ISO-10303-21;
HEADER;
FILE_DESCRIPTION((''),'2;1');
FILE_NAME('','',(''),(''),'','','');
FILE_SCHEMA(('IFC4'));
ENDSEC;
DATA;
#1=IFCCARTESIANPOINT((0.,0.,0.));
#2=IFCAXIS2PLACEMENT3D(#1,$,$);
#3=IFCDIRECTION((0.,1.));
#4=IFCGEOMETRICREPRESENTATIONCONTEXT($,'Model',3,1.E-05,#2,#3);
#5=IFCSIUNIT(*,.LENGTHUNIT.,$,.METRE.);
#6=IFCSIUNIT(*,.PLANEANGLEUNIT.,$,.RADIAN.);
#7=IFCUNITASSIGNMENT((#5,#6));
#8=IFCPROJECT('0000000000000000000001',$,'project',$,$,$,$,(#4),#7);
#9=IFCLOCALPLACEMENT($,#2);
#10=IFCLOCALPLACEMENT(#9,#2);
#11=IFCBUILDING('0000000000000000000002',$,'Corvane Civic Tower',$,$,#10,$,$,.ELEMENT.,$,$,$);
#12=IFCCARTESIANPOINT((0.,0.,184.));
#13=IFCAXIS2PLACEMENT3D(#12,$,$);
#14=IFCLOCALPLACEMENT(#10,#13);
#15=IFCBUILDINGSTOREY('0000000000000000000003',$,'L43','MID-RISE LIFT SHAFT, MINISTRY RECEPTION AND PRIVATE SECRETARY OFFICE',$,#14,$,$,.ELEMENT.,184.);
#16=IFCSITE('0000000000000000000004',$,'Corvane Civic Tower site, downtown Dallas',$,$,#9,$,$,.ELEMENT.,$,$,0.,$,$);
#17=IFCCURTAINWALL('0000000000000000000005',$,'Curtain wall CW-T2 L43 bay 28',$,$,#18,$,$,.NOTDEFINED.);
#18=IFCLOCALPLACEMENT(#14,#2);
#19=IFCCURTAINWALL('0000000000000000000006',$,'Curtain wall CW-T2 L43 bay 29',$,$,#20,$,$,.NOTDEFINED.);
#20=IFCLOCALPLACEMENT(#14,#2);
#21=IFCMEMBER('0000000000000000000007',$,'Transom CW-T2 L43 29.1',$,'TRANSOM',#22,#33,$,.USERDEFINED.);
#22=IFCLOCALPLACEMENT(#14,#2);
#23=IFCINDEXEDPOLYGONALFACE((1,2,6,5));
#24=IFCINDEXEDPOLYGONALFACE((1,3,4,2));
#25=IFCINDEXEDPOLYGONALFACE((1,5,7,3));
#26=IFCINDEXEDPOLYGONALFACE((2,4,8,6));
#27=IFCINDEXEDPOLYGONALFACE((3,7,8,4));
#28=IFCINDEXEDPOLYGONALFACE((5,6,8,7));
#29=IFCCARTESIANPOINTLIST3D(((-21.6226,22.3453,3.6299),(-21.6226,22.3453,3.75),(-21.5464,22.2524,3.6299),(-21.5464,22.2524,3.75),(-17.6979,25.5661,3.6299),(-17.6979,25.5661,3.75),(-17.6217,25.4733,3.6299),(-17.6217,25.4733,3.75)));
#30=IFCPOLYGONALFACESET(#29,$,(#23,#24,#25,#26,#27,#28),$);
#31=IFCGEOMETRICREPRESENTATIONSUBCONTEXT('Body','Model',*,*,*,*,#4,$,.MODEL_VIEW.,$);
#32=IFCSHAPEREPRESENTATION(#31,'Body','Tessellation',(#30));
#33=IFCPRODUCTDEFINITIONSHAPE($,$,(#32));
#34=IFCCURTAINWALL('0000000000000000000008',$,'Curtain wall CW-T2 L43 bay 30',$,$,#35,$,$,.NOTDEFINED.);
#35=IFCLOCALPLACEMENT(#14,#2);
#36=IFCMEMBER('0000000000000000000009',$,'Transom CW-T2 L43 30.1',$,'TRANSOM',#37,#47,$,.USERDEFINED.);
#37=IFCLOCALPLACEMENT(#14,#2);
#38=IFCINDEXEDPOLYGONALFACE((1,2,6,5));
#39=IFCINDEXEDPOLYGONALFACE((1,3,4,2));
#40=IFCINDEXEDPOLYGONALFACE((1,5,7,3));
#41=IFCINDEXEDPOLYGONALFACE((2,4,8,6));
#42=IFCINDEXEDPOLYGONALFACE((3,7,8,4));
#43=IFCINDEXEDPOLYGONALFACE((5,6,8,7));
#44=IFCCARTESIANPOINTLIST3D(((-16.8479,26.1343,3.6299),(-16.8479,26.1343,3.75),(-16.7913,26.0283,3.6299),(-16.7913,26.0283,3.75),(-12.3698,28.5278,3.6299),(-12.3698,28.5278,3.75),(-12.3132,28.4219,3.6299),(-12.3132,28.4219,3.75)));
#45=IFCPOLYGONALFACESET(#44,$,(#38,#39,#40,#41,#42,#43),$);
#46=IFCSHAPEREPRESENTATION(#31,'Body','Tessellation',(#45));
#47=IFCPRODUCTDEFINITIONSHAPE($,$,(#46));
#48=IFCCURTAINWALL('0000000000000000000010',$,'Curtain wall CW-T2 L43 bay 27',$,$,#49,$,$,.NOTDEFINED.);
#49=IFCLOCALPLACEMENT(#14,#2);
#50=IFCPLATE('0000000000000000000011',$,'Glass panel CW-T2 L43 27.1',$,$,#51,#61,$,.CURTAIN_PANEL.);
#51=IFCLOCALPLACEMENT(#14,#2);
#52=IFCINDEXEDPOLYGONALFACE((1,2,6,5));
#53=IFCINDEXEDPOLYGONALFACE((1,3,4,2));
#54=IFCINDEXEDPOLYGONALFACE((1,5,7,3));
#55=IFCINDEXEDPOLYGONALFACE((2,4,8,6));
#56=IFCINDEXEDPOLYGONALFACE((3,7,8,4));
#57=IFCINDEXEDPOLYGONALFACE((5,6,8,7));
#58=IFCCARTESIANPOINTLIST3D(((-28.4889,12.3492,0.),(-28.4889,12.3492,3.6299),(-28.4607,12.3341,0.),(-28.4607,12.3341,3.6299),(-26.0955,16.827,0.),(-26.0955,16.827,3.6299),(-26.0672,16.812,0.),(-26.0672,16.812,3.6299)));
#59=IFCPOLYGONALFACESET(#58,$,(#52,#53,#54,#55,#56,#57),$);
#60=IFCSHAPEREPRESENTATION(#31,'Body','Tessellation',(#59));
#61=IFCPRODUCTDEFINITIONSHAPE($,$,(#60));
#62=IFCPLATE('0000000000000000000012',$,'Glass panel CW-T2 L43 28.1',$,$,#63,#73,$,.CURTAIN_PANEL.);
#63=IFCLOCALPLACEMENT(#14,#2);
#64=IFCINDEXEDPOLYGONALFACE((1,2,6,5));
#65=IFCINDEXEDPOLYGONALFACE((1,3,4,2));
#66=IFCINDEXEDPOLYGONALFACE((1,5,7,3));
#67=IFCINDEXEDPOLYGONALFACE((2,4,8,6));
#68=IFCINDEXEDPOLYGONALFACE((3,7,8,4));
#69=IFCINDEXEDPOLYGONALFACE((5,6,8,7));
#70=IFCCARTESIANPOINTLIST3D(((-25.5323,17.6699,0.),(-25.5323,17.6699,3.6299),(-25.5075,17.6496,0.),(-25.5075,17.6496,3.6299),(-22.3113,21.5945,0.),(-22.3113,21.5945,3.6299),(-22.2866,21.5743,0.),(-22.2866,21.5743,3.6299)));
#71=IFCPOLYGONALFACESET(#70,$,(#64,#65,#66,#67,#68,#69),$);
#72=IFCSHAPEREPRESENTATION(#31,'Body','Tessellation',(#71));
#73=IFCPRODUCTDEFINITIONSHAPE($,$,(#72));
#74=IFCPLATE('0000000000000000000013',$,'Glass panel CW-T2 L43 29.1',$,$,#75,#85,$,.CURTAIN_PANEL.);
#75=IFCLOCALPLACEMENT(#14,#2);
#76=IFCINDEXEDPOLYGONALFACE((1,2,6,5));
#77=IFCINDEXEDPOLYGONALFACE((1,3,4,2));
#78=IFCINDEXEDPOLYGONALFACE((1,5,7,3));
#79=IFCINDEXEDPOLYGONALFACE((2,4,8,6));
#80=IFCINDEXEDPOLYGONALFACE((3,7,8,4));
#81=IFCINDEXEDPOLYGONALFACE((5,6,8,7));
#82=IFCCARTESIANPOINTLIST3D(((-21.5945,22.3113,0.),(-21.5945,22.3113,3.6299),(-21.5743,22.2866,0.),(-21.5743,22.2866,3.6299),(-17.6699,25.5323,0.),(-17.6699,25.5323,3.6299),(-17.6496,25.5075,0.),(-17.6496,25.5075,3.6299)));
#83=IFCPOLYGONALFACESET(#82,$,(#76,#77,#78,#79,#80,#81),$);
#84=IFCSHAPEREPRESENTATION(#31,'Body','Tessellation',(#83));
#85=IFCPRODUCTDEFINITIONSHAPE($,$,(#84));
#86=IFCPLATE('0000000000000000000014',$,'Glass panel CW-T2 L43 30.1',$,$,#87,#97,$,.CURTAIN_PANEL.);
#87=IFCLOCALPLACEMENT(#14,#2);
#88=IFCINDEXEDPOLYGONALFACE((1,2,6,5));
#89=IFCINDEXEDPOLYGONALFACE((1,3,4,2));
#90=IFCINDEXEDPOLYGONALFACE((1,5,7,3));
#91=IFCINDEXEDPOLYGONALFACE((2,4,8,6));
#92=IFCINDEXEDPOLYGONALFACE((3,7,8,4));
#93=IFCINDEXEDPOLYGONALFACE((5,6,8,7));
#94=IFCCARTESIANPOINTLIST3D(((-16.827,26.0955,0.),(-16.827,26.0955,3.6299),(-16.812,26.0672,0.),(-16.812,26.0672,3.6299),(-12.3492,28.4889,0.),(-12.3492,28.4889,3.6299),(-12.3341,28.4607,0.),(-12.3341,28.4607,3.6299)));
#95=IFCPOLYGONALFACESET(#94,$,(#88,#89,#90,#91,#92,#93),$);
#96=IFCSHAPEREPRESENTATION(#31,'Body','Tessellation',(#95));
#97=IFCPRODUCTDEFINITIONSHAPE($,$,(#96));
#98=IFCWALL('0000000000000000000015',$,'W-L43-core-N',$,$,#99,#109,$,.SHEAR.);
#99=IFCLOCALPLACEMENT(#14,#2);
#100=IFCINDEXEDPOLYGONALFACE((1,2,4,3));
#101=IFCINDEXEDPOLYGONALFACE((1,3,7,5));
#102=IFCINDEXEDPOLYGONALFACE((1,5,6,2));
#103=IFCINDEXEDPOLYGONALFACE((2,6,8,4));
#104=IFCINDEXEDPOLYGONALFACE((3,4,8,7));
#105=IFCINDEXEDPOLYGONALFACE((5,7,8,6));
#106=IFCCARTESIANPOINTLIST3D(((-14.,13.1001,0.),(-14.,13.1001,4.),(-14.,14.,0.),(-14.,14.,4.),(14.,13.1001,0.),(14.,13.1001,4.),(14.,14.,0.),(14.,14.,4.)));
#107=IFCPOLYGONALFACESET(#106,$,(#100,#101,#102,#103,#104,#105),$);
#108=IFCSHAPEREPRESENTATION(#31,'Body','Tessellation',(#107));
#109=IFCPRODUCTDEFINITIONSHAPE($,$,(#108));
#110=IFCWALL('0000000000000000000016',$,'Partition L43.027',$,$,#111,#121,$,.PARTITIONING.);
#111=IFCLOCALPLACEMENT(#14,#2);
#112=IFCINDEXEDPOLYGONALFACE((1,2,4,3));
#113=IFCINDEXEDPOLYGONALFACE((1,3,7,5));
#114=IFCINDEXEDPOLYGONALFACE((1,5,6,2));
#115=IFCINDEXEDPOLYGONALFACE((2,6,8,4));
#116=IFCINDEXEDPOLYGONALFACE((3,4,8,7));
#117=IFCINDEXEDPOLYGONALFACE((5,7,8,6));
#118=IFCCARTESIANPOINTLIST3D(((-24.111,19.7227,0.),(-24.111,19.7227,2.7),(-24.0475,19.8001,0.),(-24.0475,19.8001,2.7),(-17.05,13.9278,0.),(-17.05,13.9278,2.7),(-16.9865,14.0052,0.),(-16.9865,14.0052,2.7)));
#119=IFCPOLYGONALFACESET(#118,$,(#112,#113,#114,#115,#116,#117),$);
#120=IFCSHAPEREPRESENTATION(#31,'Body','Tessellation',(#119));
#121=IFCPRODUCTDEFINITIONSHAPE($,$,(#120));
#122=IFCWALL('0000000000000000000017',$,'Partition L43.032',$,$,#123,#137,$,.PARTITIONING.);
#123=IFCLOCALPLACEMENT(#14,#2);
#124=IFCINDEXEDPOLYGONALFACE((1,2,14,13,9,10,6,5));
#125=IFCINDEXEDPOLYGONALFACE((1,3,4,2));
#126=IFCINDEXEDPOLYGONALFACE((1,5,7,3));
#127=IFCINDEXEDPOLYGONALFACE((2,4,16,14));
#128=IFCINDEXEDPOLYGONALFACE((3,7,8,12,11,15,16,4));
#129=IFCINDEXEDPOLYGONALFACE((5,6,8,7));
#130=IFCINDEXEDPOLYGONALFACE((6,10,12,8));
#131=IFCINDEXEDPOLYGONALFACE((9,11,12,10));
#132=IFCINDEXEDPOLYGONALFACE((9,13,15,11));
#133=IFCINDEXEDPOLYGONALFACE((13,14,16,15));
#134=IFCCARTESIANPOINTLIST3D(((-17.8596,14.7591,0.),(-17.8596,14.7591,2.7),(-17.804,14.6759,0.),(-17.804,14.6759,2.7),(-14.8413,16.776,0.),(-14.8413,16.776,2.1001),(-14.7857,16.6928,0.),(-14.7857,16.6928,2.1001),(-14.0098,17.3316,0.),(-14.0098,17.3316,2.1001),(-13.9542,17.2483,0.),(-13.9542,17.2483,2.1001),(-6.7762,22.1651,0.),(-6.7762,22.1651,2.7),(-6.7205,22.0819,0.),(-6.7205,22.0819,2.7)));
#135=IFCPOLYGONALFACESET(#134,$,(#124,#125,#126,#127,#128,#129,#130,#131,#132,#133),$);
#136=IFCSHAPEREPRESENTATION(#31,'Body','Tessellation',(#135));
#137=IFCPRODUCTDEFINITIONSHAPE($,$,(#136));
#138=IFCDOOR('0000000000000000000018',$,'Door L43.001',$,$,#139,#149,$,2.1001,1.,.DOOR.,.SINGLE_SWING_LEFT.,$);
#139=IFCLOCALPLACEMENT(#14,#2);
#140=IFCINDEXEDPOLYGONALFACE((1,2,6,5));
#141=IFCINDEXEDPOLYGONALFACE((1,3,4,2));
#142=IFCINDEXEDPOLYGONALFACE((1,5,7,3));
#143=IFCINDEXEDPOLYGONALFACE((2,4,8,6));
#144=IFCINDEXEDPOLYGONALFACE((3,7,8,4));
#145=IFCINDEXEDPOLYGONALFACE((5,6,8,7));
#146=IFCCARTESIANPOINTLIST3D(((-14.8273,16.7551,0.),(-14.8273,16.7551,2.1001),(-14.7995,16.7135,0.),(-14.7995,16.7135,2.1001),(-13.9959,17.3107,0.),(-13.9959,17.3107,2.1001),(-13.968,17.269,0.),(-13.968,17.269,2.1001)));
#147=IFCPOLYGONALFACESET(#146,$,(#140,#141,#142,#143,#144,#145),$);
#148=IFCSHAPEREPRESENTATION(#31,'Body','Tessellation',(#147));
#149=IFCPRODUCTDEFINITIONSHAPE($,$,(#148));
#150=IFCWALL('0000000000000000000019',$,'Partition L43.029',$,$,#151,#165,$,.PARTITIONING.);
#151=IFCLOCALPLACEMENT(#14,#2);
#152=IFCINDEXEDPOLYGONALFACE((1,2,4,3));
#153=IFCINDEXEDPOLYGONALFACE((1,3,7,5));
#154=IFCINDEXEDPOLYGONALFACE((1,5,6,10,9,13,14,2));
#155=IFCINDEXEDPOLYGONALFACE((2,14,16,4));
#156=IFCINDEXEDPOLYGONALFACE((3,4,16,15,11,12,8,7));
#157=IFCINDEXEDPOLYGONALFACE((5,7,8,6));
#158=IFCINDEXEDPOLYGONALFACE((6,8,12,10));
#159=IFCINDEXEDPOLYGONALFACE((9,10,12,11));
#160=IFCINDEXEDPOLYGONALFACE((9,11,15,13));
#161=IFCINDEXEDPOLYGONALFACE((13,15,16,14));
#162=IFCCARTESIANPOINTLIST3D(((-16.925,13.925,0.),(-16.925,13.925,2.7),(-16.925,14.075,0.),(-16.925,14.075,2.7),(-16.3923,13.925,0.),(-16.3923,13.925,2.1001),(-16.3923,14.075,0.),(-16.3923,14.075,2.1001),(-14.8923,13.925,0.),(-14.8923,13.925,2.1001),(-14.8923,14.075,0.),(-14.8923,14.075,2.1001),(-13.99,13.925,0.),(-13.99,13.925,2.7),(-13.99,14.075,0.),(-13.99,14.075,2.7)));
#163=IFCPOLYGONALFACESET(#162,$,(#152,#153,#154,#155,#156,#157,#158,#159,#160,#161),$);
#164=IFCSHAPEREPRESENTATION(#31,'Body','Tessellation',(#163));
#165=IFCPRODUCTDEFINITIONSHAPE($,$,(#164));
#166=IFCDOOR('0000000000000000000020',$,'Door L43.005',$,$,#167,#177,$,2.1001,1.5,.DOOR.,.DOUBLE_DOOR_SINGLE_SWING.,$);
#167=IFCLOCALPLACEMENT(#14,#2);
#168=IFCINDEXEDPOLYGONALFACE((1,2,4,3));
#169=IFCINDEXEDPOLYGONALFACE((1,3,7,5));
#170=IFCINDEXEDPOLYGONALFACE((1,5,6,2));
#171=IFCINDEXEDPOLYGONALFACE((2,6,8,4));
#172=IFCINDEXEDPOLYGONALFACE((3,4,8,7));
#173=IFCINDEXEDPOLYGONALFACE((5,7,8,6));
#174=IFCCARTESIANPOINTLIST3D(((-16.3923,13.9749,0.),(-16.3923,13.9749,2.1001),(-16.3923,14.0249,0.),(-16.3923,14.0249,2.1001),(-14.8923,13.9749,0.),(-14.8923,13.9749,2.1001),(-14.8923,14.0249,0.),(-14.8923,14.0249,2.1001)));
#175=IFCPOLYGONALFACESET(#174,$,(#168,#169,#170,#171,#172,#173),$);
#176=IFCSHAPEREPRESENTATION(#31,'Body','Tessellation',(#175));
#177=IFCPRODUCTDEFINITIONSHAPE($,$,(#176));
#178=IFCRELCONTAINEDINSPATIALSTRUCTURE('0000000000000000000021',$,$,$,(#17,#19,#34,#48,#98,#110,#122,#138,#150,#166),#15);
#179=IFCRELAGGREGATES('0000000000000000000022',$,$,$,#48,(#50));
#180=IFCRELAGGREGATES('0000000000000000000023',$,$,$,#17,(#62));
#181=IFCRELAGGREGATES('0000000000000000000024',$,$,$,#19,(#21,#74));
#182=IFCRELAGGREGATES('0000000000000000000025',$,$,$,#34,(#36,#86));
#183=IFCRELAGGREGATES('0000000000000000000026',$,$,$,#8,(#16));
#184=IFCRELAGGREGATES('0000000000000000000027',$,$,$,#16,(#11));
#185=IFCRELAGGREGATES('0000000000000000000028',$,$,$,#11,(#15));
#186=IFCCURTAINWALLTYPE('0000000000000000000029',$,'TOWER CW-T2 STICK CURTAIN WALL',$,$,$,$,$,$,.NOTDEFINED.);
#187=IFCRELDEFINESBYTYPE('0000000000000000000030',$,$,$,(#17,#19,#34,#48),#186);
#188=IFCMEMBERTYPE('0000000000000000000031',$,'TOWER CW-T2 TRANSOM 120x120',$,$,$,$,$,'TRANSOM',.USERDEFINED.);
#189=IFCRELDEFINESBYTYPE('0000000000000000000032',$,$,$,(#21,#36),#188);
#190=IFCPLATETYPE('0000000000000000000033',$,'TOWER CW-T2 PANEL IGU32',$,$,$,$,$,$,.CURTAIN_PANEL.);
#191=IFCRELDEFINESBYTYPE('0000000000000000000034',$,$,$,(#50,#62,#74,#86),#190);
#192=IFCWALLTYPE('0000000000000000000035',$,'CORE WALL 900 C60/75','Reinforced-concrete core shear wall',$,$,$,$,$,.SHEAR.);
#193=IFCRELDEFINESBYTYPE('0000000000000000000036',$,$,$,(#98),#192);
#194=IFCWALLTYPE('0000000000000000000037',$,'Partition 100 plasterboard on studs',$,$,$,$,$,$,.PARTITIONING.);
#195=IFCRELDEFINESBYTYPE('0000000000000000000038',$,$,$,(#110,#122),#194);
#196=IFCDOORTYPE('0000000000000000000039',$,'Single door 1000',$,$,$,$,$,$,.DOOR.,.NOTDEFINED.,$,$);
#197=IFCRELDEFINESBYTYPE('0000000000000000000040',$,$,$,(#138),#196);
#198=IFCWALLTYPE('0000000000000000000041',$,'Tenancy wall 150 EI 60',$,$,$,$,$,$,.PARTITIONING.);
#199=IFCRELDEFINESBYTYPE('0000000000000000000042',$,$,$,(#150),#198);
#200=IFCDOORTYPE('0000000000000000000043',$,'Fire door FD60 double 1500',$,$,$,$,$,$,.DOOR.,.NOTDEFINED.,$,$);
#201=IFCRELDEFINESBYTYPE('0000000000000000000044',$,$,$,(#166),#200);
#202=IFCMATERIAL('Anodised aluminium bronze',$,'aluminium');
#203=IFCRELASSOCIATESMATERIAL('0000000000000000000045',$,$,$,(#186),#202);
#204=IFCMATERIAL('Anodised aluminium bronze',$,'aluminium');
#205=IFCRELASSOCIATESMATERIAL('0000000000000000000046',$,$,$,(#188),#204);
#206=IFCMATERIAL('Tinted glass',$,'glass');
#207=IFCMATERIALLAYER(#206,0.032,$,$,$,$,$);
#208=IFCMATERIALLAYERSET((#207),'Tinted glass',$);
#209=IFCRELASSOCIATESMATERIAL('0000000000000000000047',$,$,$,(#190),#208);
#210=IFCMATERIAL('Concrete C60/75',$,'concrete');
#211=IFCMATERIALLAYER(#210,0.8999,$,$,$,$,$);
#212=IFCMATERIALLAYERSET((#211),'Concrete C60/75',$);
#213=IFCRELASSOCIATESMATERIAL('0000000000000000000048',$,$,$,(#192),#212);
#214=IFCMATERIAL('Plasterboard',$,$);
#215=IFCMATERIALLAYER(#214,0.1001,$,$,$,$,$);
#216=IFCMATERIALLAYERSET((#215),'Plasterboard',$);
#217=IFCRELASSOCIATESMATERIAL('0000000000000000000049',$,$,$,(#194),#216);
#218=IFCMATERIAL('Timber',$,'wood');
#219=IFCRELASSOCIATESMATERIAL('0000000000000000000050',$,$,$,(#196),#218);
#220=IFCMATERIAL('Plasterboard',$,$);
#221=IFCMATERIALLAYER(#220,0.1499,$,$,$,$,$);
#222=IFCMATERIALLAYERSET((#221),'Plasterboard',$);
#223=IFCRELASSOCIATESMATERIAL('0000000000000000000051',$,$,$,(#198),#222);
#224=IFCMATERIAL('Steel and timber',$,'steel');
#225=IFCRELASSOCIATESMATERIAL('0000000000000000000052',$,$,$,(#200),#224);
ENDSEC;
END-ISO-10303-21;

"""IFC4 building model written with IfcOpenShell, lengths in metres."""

from ifc_helpers import new_model, si_unit, direction, frame, frame_2d, origin, origin_2d, place, context, subcontext, project, spatial, rectangle, extrude, material, layer, layer_set, material_profile, profile_set, type_object, element, fill, aggregate, save


model = new_model("IFC4")

# Units and contexts
model_context = context("Model", 3, precision=1e-05, world=origin(), true_north=direction((0.0, 1.0)))
body_context = subcontext(model_context, "Body", "Model", "MODEL_VIEW")
ifc_project = project(units=[si_unit("LENGTHUNIT", "METRE"), si_unit("PLANEANGLEUNIT", "RADIAN")], contexts=[model_context])

# Site, building, storey
site_placement = place(None, origin())
site = spatial("IfcSite", under=ifc_project, at=site_placement, Name="Corvane Civic Tower site, downtown Dallas", CompositionType="ELEMENT", RefElevation=0.0)
building_placement = place(site_placement, origin())
building = spatial("IfcBuilding", under=site, at=building_placement, Name="Corvane Civic Tower", CompositionType="ELEMENT")
storey_placement = place(building_placement, frame((0.0, 0.0, 184.0)))
storey = spatial("IfcBuildingStorey", under=building, at=storey_placement, Name="L43", Description="MID-RISE LIFT SHAFT, MINISTRY RECEPTION AND PRIVATE SECRETARY OFFICE", CompositionType="ELEMENT", Elevation=184.0)

# Curtain walls, members
ifc_material_1 = material(Name="Anodised aluminium bronze", Category="aluminium")
curtain_wall_type = type_object("IfcCurtainWallType", Name="TOWER CW-T2 STICK CURTAIN WALL", PredefinedType="NOTDEFINED", material=ifc_material_1)
curtain_wall_1_placement = place(storey_placement, origin())
curtain_wall_1 = element("IfcCurtainWall", 1, at=curtain_wall_1_placement, inside=storey, type_object=curtain_wall_type, Name="Curtain wall CW-T2 L43 bay 28", PredefinedType="NOTDEFINED")
ifc_material_2 = material(Name="Anodised aluminium bronze", Category="aluminium")
ifc_material_profile_1 = material_profile(ifc_material_2, rectangle(XDim=0.1201, YDim=0.1201, at=origin_2d()), Name="TOWER CW-T2 TRANSOM 120x120")
ifc_profile_set_1 = profile_set([ifc_material_profile_1], Name="Anodised aluminium bronze")
member_type = type_object("IfcMemberType", Name="TOWER CW-T2 TRANSOM 120x120", ElementType="TRANSOM", PredefinedType="USERDEFINED", material=ifc_profile_set_1)
curtain_wall_2_placement = place(storey_placement, origin())
curtain_wall_2 = element("IfcCurtainWall", 2, at=curtain_wall_2_placement, inside=storey, type_object=curtain_wall_type, Name="Curtain wall CW-T2 L43 bay 29", PredefinedType="NOTDEFINED")
member_1_placement = place(storey_placement, frame((-21.5845, 22.2988, 3.6899), z_axis=(0.773016, 0.634387, 0.0), x_axis=(-0.634387, 0.773016, 0.0)))
member_1 = element("IfcMember", 3, at=member_1_placement, type_object=member_type, Name="Transom CW-T2 L43 29.1", ObjectType="TRANSOM", PredefinedType="USERDEFINED", context=body_context, shape_type="SweptSolid", body=[
    extrude(rectangle(XDim=0.1201, YDim=0.1201, at=origin_2d()), origin(), (0.0, 0.0, 1.0), 5.0771),
])
curtain_wall_3_placement = place(storey_placement, origin())
curtain_wall_3 = element("IfcCurtainWall", 4, at=curtain_wall_3_placement, inside=storey, type_object=curtain_wall_type, Name="Curtain wall CW-T2 L43 bay 30", PredefinedType="NOTDEFINED")
member_2_placement = place(storey_placement, frame((-16.8196, 26.0813, 3.6899), z_axis=(0.881921, 0.471397, 0.0), x_axis=(-0.471397, 0.881921, 0.0)))
member_2 = element("IfcMember", 5, at=member_2_placement, type_object=member_type, Name="Transom CW-T2 L43 30.1", ObjectType="TRANSOM", PredefinedType="USERDEFINED", context=body_context, shape_type="SweptSolid", body=[
    extrude(rectangle(XDim=0.1201, YDim=0.1201, at=origin_2d()), origin(), (0.0, 0.0, 1.0), 5.0776),
])

# Curtain wall, plate
curtain_wall_4_placement = place(storey_placement, origin())
curtain_wall_4 = element("IfcCurtainWall", 6, at=curtain_wall_4_placement, inside=storey, type_object=curtain_wall_type, Name="Curtain wall CW-T2 L43 bay 27", PredefinedType="NOTDEFINED")
ifc_material_3 = material(Name="Tinted glass", Category="glass")
ifc_layer_1 = layer(ifc_material_3, 0.032)
ifc_layer_set_1 = layer_set([ifc_layer_1], Name="Tinted glass")
plate_type = type_object("IfcPlateType", Name="TOWER CW-T2 PANEL IGU32", PredefinedType="CURTAIN_PANEL", material=ifc_layer_set_1)
plate_1_placement = place(storey_placement, frame((-27.2781, 14.5806, 0.0), z_axis=(0.0, 0.0, 1.0), x_axis=(0.471395, 0.881922, 0.0)))
plate_1 = element("IfcPlate", 7, at=plate_1_placement, type_object=plate_type, Name="Glass panel CW-T2 L43 27.1", PredefinedType="CURTAIN_PANEL", context=body_context, shape_type="SweptSolid", body=[
    extrude(rectangle(XDim=5.0774, YDim=0.032, at=origin_2d()), origin(), (0.0, 0.0, 1.0), 3.6299),
])
aggregate(curtain_wall_4, [plate_1])

# Plates
plate_2_placement = place(storey_placement, frame((-23.9094, 19.6221, 0.0), z_axis=(0.0, 0.0, 1.0), x_axis=(0.6344, 0.773005, 0.0)))
plate_2 = element("IfcPlate", 8, at=plate_2_placement, type_object=plate_type, Name="Glass panel CW-T2 L43 28.1", PredefinedType="CURTAIN_PANEL", context=body_context, shape_type="SweptSolid", body=[
    extrude(rectangle(XDim=5.0771, YDim=0.032, at=origin_2d()), origin(), (0.0, 0.0, 1.0), 3.6299),
])
aggregate(curtain_wall_1, [plate_2])
plate_3_placement = place(storey_placement, frame((-19.6221, 23.9094, 0.0), z_axis=(0.0, 0.0, 1.0), x_axis=(0.773005, 0.6344, 0.0)))
plate_3 = element("IfcPlate", 9, at=plate_3_placement, type_object=plate_type, Name="Glass panel CW-T2 L43 29.1", PredefinedType="CURTAIN_PANEL", context=body_context, shape_type="SweptSolid", body=[
    extrude(rectangle(XDim=5.0771, YDim=0.032, at=origin_2d()), origin(), (0.0, 0.0, 1.0), 3.6299),
])
aggregate(curtain_wall_2, [member_1, plate_3])
plate_4_placement = place(storey_placement, frame((-14.5806, 27.2781, 0.0), z_axis=(0.0, 0.0, 1.0), x_axis=(0.881922, 0.471395, 0.0)))
plate_4 = element("IfcPlate", 10, at=plate_4_placement, type_object=plate_type, Name="Glass panel CW-T2 L43 30.1", PredefinedType="CURTAIN_PANEL", context=body_context, shape_type="SweptSolid", body=[
    extrude(rectangle(XDim=5.0774, YDim=0.032, at=origin_2d()), origin(), (0.0, 0.0, 1.0), 3.6299),
])
aggregate(curtain_wall_3, [member_2, plate_4])

# Walls
ifc_material_4 = material(Name="Concrete C60/75", Category="concrete")
ifc_layer_2 = layer(ifc_material_4, 0.8999)
ifc_layer_set_2 = layer_set([ifc_layer_2], Name="Concrete C60/75")
wall_type_1 = type_object("IfcWallType", Name="CORE WALL 900 C60/75", Description="Reinforced-concrete core shear wall", PredefinedType="SHEAR", material=ifc_layer_set_2)
wall_1_placement = place(storey_placement, frame((-14.0, 13.55, 0.0), z_axis=(0.0, 0.0, 1.0), x_axis=(1.0, 0.0, 0.0)))
element("IfcWall", 11, at=wall_1_placement, inside=storey, type_object=wall_type_1, Name="W-L43-core-N", PredefinedType="SHEAR", context=body_context, shape_type="SweptSolid", body=[
    extrude(rectangle(XDim=28.0, YDim=0.8999, at=frame_2d((14.0, 0.0))), origin(), (0.0, 0.0, 1.0), 4.0),
])
ifc_material_5 = material(Name="Plasterboard")
ifc_layer_3 = layer(ifc_material_5, 0.1001)
ifc_layer_set_3 = layer_set([ifc_layer_3], Name="Plasterboard")
wall_type_2 = type_object("IfcWallType", Name="Partition 100 plasterboard on studs", PredefinedType="PARTITIONING", material=ifc_layer_set_3)
wall_2_placement = place(storey_placement, frame((-24.0793, 19.7615, 0.0), z_axis=(0.0, 0.0, 1.0), x_axis=(0.773006, -0.634399, 0.0)))
element("IfcWall", 12, at=wall_2_placement, inside=storey, type_object=wall_type_2, Name="Partition L43.027", PredefinedType="PARTITIONING", context=body_context, shape_type="SweptSolid", body=[
    extrude(rectangle(XDim=9.1345, YDim=0.1001, at=frame_2d((4.5674, 0.0))), origin(), (0.0, 0.0, 1.0), 2.7),
])

# Walls, openings, doors
wall_3_placement = place(storey_placement, frame((-17.8318, 14.7175, 0.0), z_axis=(0.0, 0.0, 1.0), x_axis=(0.831461, 0.555583, 0.0)))
wall_3 = element("IfcWall", 13, at=wall_3_placement, inside=storey, type_object=wall_type_2, Name="Partition L43.032", PredefinedType="PARTITIONING", context=body_context, shape_type="SweptSolid", body=[
    extrude(rectangle(XDim=13.3301, YDim=0.1001, at=frame_2d((6.665, 0.0))), origin(), (0.0, 0.0, 1.0), 2.7),
])
opening_1_placement = place(wall_3_placement, frame((3.6301, 0.0, 0.0)))
opening_1 = element("IfcOpeningElement", 14, at=opening_1_placement, cuts=wall_3, PredefinedType="OPENING", context=body_context, shape_type="SweptSolid", body=[
    extrude(rectangle(XDim=1.0, YDim=2.1001, at=frame_2d((0.5, 1.05))), frame((0.0, 0.0601, 0.0), z_axis=(0.0, -1.0, 0.0), x_axis=(1.0, 0.0, 0.0)), (0.0, 0.0, 1.0), 0.1201),
])
ifc_material_6 = material(Name="Timber", Category="wood")
door_type_1 = type_object("IfcDoorType", Name="Single door 1000", OperationType="NOTDEFINED", PredefinedType="DOOR", material=ifc_material_6)
door_1_placement = place(opening_1_placement, origin())
door_1 = element("IfcDoor", 15, at=door_1_placement, inside=storey, type_object=door_type_1, Name="Door L43.001", OperationType="SINGLE_SWING_LEFT", OverallHeight=2.1001, OverallWidth=1.0, PredefinedType="DOOR", context=body_context, shape_type="SweptSolid", body=[
    extrude(rectangle(XDim=1.0, YDim=2.1001, at=frame_2d((0.5, 1.05))), frame((0.0, 0.0249, 0.0), z_axis=(0.0, -1.0, 0.0), x_axis=(1.0, 0.0, 0.0)), (0.0, 0.0, 1.0), 0.05),
])
fill(opening_1, door_1)
ifc_material_7 = material(Name="Plasterboard")
ifc_layer_4 = layer(ifc_material_7, 0.1499)
ifc_layer_set_4 = layer_set([ifc_layer_4], Name="Plasterboard")
wall_type_3 = type_object("IfcWallType", Name="Tenancy wall 150 EI 60", PredefinedType="PARTITIONING", material=ifc_layer_set_4)
wall_4_placement = place(storey_placement, frame((-16.925, 14.0, 0.0), z_axis=(0.0, 0.0, 1.0), x_axis=(1.0, 0.0, 0.0)))
wall_4 = element("IfcWall", 16, at=wall_4_placement, inside=storey, type_object=wall_type_3, Name="Partition L43.029", PredefinedType="PARTITIONING", context=body_context, shape_type="SweptSolid", body=[
    extrude(rectangle(XDim=2.9351, YDim=0.1499, at=frame_2d((1.4675, 0.0))), origin(), (0.0, 0.0, 1.0), 2.7),
])
opening_2_placement = place(wall_4_placement, frame((0.5327, 0.0, 0.0)))
opening_2 = element("IfcOpeningElement", 17, at=opening_2_placement, cuts=wall_4, PredefinedType="OPENING", context=body_context, shape_type="SweptSolid", body=[
    extrude(rectangle(XDim=1.5, YDim=2.1001, at=frame_2d((0.75, 1.05))), frame((0.0, 0.085, 0.0), z_axis=(0.0, -1.0, 0.0), x_axis=(1.0, 0.0, 0.0)), (0.0, 0.0, 1.0), 0.1699),
])
ifc_material_8 = material(Name="Steel and timber", Category="steel")
door_type_2 = type_object("IfcDoorType", Name="Fire door FD60 double 1500", OperationType="NOTDEFINED", PredefinedType="DOOR", material=ifc_material_8)
door_2_placement = place(opening_2_placement, origin())
door_2 = element("IfcDoor", 18, at=door_2_placement, inside=storey, type_object=door_type_2, Name="Door L43.005", OperationType="DOUBLE_DOOR_SINGLE_SWING", OverallHeight=2.1001, OverallWidth=1.5, PredefinedType="DOOR", context=body_context, shape_type="SweptSolid", body=[
    extrude(rectangle(XDim=1.5, YDim=2.1001, at=frame_2d((0.75, 1.05))), frame((0.0, 0.0249, 0.0), z_axis=(0.0, -1.0, 0.0), x_axis=(1.0, 0.0, 0.0)), (0.0, 0.0, 1.0), 0.05),
])
fill(opening_2, door_2)

save(model, "model.ifc")
